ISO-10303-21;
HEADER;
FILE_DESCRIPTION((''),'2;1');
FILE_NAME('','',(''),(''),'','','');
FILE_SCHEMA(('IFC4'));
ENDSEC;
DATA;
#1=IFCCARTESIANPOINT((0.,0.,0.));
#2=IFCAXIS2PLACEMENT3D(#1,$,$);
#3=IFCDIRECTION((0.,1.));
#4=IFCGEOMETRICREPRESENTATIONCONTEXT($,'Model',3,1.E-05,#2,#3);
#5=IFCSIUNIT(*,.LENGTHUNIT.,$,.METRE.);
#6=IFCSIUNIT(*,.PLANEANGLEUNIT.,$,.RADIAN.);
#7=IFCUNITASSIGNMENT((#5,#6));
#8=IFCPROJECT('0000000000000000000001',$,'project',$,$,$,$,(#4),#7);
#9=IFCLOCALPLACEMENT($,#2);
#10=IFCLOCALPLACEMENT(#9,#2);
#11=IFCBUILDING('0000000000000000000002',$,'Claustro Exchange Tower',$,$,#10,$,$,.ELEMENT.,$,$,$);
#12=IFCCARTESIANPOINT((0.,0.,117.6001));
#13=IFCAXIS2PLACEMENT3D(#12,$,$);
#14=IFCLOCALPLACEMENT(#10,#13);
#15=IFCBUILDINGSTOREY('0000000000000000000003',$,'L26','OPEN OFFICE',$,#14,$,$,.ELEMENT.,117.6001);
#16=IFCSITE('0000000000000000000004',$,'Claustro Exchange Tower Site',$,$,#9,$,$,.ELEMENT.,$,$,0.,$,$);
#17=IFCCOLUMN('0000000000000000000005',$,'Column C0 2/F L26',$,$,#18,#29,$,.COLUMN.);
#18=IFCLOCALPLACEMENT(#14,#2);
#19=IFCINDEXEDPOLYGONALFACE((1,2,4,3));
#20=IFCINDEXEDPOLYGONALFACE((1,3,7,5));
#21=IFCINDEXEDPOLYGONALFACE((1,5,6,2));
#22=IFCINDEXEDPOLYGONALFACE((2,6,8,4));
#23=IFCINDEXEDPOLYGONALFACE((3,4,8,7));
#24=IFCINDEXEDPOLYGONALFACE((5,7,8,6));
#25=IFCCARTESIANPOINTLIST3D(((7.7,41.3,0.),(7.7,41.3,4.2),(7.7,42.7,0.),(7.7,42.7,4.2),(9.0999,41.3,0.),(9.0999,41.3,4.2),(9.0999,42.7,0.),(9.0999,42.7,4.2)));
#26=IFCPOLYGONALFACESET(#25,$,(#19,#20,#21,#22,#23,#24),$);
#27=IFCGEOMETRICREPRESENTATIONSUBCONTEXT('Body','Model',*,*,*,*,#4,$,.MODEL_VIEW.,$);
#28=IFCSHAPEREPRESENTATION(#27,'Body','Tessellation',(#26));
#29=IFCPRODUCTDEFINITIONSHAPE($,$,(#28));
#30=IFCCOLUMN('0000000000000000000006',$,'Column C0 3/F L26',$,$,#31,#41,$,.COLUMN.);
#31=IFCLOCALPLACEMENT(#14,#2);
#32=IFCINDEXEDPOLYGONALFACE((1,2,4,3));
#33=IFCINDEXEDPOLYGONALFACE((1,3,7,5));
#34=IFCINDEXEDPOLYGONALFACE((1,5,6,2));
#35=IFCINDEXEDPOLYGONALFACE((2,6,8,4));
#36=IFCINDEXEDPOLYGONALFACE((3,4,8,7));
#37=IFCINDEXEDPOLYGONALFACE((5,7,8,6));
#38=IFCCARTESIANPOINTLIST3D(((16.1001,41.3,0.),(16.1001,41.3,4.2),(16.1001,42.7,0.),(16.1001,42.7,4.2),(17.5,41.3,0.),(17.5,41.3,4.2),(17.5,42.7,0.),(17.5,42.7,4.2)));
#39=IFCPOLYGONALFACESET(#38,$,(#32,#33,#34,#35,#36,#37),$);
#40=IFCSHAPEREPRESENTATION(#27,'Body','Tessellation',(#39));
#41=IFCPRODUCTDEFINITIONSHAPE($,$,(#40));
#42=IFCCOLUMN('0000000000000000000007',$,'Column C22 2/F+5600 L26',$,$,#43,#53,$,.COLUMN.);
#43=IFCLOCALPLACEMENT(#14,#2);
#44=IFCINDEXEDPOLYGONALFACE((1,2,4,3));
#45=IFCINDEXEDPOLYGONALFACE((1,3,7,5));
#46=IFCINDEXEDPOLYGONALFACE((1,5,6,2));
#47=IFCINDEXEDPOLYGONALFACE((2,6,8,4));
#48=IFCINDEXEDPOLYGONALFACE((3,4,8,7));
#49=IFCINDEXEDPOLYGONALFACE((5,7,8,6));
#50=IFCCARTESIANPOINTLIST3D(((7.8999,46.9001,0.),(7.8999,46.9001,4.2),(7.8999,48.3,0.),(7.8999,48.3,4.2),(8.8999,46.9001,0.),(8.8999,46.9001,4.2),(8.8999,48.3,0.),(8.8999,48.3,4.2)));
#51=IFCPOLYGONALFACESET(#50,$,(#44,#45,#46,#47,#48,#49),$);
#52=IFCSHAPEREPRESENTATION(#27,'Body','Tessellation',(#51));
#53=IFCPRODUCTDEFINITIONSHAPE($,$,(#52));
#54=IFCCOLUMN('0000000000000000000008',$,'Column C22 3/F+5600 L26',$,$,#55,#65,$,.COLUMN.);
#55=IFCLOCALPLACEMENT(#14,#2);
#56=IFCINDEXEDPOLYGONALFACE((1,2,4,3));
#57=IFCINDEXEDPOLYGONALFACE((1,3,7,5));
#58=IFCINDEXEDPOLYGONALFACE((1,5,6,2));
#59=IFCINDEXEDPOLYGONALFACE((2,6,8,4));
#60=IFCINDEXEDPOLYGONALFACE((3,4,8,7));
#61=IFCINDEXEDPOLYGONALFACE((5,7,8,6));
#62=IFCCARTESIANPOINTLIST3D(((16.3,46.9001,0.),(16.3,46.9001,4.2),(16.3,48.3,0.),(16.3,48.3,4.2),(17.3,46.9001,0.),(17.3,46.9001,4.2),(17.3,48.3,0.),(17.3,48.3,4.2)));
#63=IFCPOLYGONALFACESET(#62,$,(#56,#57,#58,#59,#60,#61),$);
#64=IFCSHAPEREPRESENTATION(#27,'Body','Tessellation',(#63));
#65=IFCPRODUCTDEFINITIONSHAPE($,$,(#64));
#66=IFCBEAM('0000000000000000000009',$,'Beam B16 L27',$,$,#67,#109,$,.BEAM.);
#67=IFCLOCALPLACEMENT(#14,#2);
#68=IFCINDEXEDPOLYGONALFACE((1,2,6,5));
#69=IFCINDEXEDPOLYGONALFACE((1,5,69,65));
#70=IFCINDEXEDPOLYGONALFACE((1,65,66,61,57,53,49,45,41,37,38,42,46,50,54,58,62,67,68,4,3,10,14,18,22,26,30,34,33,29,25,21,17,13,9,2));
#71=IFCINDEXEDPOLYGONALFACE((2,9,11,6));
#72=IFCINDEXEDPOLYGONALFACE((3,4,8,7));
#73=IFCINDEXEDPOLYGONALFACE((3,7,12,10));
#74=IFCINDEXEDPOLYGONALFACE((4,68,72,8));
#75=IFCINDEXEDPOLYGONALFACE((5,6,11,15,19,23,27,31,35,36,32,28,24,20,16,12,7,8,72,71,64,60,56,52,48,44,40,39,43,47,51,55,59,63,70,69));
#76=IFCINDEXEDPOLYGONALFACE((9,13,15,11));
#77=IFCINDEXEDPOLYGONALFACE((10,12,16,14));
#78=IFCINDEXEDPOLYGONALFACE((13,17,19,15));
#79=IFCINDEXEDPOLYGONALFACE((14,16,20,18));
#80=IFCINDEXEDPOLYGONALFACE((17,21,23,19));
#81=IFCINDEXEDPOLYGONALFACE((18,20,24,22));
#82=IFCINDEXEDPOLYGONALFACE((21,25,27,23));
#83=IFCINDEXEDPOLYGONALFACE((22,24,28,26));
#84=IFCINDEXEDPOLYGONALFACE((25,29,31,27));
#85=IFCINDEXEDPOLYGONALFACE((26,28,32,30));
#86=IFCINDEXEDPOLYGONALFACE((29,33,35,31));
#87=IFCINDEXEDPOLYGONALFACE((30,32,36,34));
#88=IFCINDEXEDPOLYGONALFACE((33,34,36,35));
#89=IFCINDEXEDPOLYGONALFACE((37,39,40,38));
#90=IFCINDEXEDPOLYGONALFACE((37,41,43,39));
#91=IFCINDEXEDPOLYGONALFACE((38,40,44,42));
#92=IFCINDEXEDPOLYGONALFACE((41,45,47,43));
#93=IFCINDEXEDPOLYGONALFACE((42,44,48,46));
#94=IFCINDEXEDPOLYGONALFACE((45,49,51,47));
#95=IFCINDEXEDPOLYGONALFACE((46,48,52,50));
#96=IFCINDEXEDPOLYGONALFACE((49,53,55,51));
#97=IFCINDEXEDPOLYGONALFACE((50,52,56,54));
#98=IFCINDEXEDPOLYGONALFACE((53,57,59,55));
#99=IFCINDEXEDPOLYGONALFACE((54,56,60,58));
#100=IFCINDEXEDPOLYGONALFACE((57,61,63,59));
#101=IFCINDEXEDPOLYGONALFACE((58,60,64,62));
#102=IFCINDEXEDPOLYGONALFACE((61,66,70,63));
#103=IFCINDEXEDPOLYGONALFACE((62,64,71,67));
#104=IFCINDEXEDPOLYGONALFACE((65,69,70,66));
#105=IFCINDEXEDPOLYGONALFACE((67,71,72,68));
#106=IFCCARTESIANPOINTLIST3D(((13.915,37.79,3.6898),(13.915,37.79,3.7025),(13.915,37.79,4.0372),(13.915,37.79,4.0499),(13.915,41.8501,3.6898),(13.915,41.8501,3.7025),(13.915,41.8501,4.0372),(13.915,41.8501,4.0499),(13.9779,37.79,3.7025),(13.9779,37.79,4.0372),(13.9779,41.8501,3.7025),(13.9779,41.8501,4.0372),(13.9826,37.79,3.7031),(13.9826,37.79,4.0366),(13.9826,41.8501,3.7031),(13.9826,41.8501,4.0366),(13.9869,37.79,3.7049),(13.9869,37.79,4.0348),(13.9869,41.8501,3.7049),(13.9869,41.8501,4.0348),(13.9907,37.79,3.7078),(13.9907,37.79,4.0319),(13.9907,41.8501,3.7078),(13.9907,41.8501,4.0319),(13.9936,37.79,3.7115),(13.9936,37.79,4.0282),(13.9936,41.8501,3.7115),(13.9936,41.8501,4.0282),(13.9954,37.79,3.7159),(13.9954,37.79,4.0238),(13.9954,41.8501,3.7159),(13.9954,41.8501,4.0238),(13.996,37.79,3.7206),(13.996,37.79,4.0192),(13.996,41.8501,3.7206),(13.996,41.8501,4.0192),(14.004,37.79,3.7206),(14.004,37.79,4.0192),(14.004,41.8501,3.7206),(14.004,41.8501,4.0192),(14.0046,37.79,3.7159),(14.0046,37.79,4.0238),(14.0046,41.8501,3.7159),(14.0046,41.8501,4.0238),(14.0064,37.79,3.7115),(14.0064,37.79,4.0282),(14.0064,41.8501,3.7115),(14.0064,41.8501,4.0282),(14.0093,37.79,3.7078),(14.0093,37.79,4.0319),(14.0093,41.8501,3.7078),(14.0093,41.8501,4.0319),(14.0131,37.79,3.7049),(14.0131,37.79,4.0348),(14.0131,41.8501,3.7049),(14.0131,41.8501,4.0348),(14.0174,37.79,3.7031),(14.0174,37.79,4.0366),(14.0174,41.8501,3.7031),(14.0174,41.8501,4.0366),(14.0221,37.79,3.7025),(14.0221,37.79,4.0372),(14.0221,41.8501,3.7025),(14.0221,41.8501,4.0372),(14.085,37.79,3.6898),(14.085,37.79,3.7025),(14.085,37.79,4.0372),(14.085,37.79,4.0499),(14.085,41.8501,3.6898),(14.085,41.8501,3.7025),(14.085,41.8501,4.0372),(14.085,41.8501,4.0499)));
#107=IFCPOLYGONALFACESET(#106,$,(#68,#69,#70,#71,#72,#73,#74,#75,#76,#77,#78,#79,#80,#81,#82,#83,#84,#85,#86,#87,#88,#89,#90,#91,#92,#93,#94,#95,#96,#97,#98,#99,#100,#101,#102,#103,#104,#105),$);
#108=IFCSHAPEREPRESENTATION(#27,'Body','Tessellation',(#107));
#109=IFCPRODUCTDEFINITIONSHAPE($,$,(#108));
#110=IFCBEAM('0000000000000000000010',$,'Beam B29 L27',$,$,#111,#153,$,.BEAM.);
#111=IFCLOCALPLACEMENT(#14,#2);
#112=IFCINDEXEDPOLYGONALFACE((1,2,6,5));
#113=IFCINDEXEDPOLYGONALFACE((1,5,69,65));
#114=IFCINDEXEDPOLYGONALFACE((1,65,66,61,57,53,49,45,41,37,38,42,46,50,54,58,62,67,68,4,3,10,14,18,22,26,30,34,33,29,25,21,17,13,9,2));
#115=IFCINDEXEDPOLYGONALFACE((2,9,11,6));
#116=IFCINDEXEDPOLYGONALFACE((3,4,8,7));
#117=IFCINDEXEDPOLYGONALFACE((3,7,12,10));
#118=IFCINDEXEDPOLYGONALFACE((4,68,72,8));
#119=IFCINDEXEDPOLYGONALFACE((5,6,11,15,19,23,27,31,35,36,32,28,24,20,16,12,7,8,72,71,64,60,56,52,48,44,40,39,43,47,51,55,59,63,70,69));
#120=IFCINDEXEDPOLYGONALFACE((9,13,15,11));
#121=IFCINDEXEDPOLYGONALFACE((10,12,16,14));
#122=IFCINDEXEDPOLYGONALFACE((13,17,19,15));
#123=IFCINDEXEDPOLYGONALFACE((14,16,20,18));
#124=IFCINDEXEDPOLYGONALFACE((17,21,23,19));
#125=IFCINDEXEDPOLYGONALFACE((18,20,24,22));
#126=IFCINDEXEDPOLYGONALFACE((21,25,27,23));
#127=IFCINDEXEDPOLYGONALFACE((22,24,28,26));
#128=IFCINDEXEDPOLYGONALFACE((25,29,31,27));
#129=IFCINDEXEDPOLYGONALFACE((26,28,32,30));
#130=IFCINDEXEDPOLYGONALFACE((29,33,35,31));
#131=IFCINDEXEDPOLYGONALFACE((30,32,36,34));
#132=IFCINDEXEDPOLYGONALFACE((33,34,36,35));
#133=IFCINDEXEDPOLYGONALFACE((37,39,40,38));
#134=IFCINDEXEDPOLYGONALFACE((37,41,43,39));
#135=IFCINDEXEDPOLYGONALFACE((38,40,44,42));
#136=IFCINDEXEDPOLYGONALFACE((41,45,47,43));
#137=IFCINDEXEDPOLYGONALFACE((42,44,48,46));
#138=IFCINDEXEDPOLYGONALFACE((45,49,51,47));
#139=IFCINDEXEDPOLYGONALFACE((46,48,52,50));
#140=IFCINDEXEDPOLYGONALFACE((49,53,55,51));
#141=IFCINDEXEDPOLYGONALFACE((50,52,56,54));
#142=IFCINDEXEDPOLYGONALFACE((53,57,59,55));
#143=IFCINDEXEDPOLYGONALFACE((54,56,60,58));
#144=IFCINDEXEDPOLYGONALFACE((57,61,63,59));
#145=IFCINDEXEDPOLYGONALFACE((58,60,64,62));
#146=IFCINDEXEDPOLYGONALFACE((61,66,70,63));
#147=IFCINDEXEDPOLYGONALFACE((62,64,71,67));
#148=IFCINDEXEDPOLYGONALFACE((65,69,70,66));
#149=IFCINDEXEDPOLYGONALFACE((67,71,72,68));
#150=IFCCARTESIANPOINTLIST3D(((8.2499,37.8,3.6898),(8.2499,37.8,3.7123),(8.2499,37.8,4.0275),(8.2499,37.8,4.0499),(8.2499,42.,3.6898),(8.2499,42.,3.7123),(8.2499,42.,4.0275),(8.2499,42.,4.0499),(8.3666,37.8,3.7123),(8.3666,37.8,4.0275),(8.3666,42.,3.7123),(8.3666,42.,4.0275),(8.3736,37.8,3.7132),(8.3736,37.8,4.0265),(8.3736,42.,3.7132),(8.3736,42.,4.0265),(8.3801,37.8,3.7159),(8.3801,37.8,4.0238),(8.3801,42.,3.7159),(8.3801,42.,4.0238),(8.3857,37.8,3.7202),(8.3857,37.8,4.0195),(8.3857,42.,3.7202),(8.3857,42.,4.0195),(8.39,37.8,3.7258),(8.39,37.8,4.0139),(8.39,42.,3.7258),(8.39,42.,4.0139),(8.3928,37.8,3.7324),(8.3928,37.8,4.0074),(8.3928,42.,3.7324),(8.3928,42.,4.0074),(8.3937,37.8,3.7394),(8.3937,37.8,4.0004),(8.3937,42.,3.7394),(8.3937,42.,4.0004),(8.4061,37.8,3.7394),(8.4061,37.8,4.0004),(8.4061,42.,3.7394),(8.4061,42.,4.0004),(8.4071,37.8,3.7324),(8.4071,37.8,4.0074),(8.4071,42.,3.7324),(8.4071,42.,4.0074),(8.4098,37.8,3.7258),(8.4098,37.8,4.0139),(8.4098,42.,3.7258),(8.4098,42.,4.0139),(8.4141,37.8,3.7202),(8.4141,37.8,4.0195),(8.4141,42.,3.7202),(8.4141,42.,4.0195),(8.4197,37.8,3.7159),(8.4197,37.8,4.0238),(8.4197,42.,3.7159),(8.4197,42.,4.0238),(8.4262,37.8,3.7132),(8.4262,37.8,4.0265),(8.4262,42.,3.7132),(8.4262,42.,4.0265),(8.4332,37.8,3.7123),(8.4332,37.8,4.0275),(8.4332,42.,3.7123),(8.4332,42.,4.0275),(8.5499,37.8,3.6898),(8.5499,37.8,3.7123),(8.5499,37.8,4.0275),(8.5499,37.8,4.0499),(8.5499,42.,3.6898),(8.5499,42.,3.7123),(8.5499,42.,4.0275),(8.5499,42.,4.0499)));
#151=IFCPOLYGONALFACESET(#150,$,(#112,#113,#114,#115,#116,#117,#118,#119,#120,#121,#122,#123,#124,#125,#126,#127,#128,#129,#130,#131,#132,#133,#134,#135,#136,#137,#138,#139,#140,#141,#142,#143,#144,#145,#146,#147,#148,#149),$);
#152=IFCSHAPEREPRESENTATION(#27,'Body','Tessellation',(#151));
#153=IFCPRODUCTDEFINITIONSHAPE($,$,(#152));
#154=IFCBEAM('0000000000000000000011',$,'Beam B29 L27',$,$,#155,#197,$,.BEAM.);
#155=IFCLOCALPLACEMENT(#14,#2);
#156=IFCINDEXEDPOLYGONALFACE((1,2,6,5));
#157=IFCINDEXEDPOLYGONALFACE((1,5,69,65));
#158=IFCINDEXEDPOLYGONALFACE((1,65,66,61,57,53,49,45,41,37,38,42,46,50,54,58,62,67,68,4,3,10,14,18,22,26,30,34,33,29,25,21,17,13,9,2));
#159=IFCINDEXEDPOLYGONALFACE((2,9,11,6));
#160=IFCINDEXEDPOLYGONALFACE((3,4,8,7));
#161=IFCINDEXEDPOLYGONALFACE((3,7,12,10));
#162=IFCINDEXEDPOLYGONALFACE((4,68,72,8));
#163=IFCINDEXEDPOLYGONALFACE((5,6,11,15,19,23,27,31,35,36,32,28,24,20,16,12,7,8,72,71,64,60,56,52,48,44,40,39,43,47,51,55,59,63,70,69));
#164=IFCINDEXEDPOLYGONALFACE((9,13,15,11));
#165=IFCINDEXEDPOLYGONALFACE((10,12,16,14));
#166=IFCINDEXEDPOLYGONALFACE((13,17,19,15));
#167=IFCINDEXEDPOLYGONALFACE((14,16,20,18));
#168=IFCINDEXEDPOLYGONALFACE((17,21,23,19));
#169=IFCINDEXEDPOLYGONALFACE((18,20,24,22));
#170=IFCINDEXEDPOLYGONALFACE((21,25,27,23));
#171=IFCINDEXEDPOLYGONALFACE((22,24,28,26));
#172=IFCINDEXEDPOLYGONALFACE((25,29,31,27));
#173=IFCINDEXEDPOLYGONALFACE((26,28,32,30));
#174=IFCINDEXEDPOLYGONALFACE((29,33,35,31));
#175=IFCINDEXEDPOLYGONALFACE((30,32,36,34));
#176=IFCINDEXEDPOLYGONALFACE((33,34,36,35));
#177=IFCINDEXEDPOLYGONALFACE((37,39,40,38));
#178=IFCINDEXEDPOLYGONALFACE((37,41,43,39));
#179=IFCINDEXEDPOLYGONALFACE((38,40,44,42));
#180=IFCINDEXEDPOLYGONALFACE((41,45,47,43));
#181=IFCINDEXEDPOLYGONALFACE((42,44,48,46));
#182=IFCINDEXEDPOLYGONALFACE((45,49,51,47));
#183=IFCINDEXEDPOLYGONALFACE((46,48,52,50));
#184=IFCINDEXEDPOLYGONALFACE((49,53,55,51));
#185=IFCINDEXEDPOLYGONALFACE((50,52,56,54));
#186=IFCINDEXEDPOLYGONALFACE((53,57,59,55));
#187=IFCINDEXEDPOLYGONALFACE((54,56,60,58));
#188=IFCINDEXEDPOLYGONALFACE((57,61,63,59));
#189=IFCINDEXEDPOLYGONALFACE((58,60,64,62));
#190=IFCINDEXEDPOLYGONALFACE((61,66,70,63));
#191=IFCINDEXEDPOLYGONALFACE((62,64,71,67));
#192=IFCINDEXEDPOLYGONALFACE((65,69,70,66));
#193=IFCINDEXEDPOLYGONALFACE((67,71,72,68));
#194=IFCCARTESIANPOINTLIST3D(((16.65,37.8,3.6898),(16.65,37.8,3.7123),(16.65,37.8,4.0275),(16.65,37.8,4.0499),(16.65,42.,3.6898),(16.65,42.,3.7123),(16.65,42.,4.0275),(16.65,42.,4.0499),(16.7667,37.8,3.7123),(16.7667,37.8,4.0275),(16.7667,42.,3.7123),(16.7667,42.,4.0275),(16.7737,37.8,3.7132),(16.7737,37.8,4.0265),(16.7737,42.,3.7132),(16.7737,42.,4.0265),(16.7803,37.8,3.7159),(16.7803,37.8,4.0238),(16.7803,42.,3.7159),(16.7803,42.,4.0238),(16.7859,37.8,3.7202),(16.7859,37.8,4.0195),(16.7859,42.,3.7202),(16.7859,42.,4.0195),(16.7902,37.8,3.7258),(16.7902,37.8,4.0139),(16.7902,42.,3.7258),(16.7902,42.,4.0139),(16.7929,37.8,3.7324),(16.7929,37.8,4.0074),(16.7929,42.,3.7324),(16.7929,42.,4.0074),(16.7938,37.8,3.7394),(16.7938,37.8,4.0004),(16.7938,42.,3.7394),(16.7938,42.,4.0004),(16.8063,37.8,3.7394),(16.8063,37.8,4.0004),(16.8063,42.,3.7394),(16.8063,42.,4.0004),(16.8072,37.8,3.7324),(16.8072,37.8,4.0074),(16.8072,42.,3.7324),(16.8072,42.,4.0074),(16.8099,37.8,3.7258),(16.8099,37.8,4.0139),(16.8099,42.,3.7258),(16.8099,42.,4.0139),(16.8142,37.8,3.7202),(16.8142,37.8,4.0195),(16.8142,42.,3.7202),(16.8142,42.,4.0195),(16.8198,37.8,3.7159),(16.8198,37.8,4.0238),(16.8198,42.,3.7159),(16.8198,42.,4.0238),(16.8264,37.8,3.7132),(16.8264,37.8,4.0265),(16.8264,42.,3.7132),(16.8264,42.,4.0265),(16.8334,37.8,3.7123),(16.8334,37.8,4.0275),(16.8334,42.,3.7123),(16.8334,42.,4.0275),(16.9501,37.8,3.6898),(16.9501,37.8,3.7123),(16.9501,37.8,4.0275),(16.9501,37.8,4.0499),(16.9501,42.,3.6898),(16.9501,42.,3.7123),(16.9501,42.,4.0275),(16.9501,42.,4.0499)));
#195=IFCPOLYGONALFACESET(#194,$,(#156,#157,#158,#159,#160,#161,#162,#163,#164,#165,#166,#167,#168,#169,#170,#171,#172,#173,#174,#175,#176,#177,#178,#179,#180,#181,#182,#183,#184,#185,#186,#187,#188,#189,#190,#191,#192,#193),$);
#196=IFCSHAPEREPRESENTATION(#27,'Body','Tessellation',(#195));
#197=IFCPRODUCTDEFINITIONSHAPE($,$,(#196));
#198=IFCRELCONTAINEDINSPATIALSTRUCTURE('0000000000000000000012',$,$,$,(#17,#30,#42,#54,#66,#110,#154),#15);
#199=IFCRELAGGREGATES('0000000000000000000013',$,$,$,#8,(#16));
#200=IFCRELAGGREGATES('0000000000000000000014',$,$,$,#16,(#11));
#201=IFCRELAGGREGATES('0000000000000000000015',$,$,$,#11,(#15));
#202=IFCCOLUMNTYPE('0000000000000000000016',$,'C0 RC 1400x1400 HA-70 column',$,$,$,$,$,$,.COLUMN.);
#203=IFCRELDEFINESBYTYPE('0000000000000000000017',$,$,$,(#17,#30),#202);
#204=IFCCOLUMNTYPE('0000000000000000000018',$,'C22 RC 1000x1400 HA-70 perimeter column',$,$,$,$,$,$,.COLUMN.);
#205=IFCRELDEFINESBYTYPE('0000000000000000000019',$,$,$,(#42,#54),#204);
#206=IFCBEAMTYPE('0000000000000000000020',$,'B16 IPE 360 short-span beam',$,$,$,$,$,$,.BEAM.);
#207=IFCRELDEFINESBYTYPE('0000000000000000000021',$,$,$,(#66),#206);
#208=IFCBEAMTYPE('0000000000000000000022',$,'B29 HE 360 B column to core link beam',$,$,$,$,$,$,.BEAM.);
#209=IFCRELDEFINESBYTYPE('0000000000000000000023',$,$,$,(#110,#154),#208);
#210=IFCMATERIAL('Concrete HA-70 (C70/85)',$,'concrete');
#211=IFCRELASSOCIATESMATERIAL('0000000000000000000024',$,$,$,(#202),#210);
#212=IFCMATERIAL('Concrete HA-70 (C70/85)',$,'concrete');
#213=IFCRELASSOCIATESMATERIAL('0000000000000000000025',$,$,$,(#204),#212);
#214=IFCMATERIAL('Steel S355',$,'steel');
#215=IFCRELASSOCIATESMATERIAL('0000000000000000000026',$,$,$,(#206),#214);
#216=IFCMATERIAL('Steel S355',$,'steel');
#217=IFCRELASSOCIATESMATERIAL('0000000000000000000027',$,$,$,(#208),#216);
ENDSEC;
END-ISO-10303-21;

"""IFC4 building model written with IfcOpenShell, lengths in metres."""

from ifc_helpers import new_model, si_unit, direction, frame, origin, origin_2d, place, context, subcontext, project, spatial, rectangle, i_section, extrude, material, material_profile, profile_set, type_object, element, save


model = new_model("IFC4")

# Units and contexts
model_context = context("Model", 3, precision=1e-05, world=origin(), true_north=direction((0.0, 1.0)))
body_context = subcontext(model_context, "Body", "Model", "MODEL_VIEW")
ifc_project = project(units=[si_unit("LENGTHUNIT", "METRE"), si_unit("PLANEANGLEUNIT", "RADIAN")], contexts=[model_context])

# Site, building, storey
site_placement = place(None, origin())
site = spatial("IfcSite", under=ifc_project, at=site_placement, Name="Claustro Exchange Tower Site", CompositionType="ELEMENT", RefElevation=0.0)
building_placement = place(site_placement, origin())
building = spatial("IfcBuilding", under=site, at=building_placement, Name="Claustro Exchange Tower", CompositionType="ELEMENT")
storey_placement = place(building_placement, frame((0.0, 0.0, 117.6001)))
storey = spatial("IfcBuildingStorey", under=building, at=storey_placement, Name="L26", Description="OPEN OFFICE", CompositionType="ELEMENT", Elevation=117.6001)

# Columns
ifc_material_1 = material(Name="Concrete HA-70 (C70/85)", Category="concrete")
ifc_material_profile_1 = material_profile(ifc_material_1, rectangle(XDim=1.3999, YDim=1.3999, at=origin_2d()), Name="RC 1400x1400")
ifc_profile_set_1 = profile_set([ifc_material_profile_1], Name="Concrete HA-70 (C70/85)")
column_type_1 = type_object("IfcColumnType", Name="C0 RC 1400x1400 HA-70 column", PredefinedType="COLUMN", material=ifc_profile_set_1)
for number, where, z_axis, x_axis, name in (
    (1, (8.3999, 42.0, 0.0), (0.0, 0.0, 1.0), (1.0, 0.0, 0.0), "Column C0 2/F L26"),
    (2, (16.8, 42.0, 0.0), (0.0, 0.0, 1.0), (1.0, 0.0, 0.0), "Column C0 3/F L26"),
):
    element("IfcColumn", number, at=place(storey_placement, frame(where, z_axis=z_axis, x_axis=x_axis)), inside=storey, type_object=column_type_1, Name=name, PredefinedType="COLUMN", context=body_context, shape_type="SweptSolid", body=[
        extrude(rectangle(XDim=1.3999, YDim=1.3999, at=origin_2d()), origin(), (0.0, 0.0, 1.0), 4.2),
    ])
ifc_material_2 = material(Name="Concrete HA-70 (C70/85)", Category="concrete")
ifc_material_profile_2 = material_profile(ifc_material_2, rectangle(XDim=1.0, YDim=1.3999, at=origin_2d()), Name="RC 1000x1400")
ifc_profile_set_2 = profile_set([ifc_material_profile_2], Name="Concrete HA-70 (C70/85)")
column_type_2 = type_object("IfcColumnType", Name="C22 RC 1000x1400 HA-70 perimeter column", PredefinedType="COLUMN", material=ifc_profile_set_2)
for number, where, z_axis, x_axis, name in (
    (3, (8.3999, 47.6001, 0.0), (0.0, 0.0, 1.0), (1.0, 0.0, 0.0), "Column C22 2/F+5600 L26"),
    (4, (16.8, 47.6001, 0.0), (0.0, 0.0, 1.0), (1.0, 0.0, 0.0), "Column C22 3/F+5600 L26"),
):
    element("IfcColumn", number, at=place(storey_placement, frame(where, z_axis=z_axis, x_axis=x_axis)), inside=storey, type_object=column_type_2, Name=name, PredefinedType="COLUMN", context=body_context, shape_type="SweptSolid", body=[
        extrude(rectangle(XDim=1.0, YDim=1.3999, at=origin_2d()), origin(), (0.0, 0.0, 1.0), 4.2),
    ])

# Beams
ifc_material_3 = material(Name="Steel S355", Category="steel")
ifc_material_profile_3 = material_profile(ifc_material_3, i_section(OverallWidth=0.1699, OverallDepth=0.3601, WebThickness=0.0081, FlangeThickness=0.0127, FilletRadius=0.0181, at=origin_2d()), Name="IPE 360")
ifc_profile_set_3 = profile_set([ifc_material_profile_3], Name="Steel S355")
beam_type_1 = type_object("IfcBeamType", Name="B16 IPE 360 short-span beam", PredefinedType="BEAM", material=ifc_profile_set_3)
beam_1_placement = place(storey_placement, frame((14.0, 37.79, 3.8699), z_axis=(0.0, 1.0, 0.0), x_axis=(-1.0, 0.0, 0.0)))
element("IfcBeam", 5, at=beam_1_placement, inside=storey, type_object=beam_type_1, Name="Beam B16 L27", PredefinedType="BEAM", context=body_context, shape_type="SweptSolid", body=[
    extrude(i_section(OverallWidth=0.1699, OverallDepth=0.3601, WebThickness=0.0081, FlangeThickness=0.0127, FilletRadius=0.0181, at=origin_2d()), origin(), (0.0, 0.0, 1.0), 4.0601),
])
ifc_material_4 = material(Name="Steel S355", Category="steel")
ifc_material_profile_4 = material_profile(ifc_material_4, i_section(OverallWidth=0.3, OverallDepth=0.3601, WebThickness=0.0125, FlangeThickness=0.0225, FilletRadius=0.0271, at=origin_2d()), Name="HE 360 B")
ifc_profile_set_4 = profile_set([ifc_material_profile_4], Name="Steel S355")
beam_type_2 = type_object("IfcBeamType", Name="B29 HE 360 B column to core link beam", PredefinedType="BEAM", material=ifc_profile_set_4)
for number, where, z_axis, x_axis, name in (
    (6, (8.3999, 37.8, 3.8699), (0.0, 1.0, 0.0), (-1.0, 0.0, 0.0), "Beam B29 L27"),
    (7, (16.8, 37.8, 3.8699), (0.0, 1.0, 0.0), (-1.0, 0.0, 0.0), "Beam B29 L27"),
):
    element("IfcBeam", number, at=place(storey_placement, frame(where, z_axis=z_axis, x_axis=x_axis)), inside=storey, type_object=beam_type_2, Name=name, PredefinedType="BEAM", context=body_context, shape_type="SweptSolid", body=[
        extrude(i_section(OverallWidth=0.3, OverallDepth=0.3601, WebThickness=0.0125, FlangeThickness=0.0225, FilletRadius=0.0271, at=origin_2d()), origin(), (0.0, 0.0, 1.0), 4.2),
    ])

save(model, "model.ifc")
